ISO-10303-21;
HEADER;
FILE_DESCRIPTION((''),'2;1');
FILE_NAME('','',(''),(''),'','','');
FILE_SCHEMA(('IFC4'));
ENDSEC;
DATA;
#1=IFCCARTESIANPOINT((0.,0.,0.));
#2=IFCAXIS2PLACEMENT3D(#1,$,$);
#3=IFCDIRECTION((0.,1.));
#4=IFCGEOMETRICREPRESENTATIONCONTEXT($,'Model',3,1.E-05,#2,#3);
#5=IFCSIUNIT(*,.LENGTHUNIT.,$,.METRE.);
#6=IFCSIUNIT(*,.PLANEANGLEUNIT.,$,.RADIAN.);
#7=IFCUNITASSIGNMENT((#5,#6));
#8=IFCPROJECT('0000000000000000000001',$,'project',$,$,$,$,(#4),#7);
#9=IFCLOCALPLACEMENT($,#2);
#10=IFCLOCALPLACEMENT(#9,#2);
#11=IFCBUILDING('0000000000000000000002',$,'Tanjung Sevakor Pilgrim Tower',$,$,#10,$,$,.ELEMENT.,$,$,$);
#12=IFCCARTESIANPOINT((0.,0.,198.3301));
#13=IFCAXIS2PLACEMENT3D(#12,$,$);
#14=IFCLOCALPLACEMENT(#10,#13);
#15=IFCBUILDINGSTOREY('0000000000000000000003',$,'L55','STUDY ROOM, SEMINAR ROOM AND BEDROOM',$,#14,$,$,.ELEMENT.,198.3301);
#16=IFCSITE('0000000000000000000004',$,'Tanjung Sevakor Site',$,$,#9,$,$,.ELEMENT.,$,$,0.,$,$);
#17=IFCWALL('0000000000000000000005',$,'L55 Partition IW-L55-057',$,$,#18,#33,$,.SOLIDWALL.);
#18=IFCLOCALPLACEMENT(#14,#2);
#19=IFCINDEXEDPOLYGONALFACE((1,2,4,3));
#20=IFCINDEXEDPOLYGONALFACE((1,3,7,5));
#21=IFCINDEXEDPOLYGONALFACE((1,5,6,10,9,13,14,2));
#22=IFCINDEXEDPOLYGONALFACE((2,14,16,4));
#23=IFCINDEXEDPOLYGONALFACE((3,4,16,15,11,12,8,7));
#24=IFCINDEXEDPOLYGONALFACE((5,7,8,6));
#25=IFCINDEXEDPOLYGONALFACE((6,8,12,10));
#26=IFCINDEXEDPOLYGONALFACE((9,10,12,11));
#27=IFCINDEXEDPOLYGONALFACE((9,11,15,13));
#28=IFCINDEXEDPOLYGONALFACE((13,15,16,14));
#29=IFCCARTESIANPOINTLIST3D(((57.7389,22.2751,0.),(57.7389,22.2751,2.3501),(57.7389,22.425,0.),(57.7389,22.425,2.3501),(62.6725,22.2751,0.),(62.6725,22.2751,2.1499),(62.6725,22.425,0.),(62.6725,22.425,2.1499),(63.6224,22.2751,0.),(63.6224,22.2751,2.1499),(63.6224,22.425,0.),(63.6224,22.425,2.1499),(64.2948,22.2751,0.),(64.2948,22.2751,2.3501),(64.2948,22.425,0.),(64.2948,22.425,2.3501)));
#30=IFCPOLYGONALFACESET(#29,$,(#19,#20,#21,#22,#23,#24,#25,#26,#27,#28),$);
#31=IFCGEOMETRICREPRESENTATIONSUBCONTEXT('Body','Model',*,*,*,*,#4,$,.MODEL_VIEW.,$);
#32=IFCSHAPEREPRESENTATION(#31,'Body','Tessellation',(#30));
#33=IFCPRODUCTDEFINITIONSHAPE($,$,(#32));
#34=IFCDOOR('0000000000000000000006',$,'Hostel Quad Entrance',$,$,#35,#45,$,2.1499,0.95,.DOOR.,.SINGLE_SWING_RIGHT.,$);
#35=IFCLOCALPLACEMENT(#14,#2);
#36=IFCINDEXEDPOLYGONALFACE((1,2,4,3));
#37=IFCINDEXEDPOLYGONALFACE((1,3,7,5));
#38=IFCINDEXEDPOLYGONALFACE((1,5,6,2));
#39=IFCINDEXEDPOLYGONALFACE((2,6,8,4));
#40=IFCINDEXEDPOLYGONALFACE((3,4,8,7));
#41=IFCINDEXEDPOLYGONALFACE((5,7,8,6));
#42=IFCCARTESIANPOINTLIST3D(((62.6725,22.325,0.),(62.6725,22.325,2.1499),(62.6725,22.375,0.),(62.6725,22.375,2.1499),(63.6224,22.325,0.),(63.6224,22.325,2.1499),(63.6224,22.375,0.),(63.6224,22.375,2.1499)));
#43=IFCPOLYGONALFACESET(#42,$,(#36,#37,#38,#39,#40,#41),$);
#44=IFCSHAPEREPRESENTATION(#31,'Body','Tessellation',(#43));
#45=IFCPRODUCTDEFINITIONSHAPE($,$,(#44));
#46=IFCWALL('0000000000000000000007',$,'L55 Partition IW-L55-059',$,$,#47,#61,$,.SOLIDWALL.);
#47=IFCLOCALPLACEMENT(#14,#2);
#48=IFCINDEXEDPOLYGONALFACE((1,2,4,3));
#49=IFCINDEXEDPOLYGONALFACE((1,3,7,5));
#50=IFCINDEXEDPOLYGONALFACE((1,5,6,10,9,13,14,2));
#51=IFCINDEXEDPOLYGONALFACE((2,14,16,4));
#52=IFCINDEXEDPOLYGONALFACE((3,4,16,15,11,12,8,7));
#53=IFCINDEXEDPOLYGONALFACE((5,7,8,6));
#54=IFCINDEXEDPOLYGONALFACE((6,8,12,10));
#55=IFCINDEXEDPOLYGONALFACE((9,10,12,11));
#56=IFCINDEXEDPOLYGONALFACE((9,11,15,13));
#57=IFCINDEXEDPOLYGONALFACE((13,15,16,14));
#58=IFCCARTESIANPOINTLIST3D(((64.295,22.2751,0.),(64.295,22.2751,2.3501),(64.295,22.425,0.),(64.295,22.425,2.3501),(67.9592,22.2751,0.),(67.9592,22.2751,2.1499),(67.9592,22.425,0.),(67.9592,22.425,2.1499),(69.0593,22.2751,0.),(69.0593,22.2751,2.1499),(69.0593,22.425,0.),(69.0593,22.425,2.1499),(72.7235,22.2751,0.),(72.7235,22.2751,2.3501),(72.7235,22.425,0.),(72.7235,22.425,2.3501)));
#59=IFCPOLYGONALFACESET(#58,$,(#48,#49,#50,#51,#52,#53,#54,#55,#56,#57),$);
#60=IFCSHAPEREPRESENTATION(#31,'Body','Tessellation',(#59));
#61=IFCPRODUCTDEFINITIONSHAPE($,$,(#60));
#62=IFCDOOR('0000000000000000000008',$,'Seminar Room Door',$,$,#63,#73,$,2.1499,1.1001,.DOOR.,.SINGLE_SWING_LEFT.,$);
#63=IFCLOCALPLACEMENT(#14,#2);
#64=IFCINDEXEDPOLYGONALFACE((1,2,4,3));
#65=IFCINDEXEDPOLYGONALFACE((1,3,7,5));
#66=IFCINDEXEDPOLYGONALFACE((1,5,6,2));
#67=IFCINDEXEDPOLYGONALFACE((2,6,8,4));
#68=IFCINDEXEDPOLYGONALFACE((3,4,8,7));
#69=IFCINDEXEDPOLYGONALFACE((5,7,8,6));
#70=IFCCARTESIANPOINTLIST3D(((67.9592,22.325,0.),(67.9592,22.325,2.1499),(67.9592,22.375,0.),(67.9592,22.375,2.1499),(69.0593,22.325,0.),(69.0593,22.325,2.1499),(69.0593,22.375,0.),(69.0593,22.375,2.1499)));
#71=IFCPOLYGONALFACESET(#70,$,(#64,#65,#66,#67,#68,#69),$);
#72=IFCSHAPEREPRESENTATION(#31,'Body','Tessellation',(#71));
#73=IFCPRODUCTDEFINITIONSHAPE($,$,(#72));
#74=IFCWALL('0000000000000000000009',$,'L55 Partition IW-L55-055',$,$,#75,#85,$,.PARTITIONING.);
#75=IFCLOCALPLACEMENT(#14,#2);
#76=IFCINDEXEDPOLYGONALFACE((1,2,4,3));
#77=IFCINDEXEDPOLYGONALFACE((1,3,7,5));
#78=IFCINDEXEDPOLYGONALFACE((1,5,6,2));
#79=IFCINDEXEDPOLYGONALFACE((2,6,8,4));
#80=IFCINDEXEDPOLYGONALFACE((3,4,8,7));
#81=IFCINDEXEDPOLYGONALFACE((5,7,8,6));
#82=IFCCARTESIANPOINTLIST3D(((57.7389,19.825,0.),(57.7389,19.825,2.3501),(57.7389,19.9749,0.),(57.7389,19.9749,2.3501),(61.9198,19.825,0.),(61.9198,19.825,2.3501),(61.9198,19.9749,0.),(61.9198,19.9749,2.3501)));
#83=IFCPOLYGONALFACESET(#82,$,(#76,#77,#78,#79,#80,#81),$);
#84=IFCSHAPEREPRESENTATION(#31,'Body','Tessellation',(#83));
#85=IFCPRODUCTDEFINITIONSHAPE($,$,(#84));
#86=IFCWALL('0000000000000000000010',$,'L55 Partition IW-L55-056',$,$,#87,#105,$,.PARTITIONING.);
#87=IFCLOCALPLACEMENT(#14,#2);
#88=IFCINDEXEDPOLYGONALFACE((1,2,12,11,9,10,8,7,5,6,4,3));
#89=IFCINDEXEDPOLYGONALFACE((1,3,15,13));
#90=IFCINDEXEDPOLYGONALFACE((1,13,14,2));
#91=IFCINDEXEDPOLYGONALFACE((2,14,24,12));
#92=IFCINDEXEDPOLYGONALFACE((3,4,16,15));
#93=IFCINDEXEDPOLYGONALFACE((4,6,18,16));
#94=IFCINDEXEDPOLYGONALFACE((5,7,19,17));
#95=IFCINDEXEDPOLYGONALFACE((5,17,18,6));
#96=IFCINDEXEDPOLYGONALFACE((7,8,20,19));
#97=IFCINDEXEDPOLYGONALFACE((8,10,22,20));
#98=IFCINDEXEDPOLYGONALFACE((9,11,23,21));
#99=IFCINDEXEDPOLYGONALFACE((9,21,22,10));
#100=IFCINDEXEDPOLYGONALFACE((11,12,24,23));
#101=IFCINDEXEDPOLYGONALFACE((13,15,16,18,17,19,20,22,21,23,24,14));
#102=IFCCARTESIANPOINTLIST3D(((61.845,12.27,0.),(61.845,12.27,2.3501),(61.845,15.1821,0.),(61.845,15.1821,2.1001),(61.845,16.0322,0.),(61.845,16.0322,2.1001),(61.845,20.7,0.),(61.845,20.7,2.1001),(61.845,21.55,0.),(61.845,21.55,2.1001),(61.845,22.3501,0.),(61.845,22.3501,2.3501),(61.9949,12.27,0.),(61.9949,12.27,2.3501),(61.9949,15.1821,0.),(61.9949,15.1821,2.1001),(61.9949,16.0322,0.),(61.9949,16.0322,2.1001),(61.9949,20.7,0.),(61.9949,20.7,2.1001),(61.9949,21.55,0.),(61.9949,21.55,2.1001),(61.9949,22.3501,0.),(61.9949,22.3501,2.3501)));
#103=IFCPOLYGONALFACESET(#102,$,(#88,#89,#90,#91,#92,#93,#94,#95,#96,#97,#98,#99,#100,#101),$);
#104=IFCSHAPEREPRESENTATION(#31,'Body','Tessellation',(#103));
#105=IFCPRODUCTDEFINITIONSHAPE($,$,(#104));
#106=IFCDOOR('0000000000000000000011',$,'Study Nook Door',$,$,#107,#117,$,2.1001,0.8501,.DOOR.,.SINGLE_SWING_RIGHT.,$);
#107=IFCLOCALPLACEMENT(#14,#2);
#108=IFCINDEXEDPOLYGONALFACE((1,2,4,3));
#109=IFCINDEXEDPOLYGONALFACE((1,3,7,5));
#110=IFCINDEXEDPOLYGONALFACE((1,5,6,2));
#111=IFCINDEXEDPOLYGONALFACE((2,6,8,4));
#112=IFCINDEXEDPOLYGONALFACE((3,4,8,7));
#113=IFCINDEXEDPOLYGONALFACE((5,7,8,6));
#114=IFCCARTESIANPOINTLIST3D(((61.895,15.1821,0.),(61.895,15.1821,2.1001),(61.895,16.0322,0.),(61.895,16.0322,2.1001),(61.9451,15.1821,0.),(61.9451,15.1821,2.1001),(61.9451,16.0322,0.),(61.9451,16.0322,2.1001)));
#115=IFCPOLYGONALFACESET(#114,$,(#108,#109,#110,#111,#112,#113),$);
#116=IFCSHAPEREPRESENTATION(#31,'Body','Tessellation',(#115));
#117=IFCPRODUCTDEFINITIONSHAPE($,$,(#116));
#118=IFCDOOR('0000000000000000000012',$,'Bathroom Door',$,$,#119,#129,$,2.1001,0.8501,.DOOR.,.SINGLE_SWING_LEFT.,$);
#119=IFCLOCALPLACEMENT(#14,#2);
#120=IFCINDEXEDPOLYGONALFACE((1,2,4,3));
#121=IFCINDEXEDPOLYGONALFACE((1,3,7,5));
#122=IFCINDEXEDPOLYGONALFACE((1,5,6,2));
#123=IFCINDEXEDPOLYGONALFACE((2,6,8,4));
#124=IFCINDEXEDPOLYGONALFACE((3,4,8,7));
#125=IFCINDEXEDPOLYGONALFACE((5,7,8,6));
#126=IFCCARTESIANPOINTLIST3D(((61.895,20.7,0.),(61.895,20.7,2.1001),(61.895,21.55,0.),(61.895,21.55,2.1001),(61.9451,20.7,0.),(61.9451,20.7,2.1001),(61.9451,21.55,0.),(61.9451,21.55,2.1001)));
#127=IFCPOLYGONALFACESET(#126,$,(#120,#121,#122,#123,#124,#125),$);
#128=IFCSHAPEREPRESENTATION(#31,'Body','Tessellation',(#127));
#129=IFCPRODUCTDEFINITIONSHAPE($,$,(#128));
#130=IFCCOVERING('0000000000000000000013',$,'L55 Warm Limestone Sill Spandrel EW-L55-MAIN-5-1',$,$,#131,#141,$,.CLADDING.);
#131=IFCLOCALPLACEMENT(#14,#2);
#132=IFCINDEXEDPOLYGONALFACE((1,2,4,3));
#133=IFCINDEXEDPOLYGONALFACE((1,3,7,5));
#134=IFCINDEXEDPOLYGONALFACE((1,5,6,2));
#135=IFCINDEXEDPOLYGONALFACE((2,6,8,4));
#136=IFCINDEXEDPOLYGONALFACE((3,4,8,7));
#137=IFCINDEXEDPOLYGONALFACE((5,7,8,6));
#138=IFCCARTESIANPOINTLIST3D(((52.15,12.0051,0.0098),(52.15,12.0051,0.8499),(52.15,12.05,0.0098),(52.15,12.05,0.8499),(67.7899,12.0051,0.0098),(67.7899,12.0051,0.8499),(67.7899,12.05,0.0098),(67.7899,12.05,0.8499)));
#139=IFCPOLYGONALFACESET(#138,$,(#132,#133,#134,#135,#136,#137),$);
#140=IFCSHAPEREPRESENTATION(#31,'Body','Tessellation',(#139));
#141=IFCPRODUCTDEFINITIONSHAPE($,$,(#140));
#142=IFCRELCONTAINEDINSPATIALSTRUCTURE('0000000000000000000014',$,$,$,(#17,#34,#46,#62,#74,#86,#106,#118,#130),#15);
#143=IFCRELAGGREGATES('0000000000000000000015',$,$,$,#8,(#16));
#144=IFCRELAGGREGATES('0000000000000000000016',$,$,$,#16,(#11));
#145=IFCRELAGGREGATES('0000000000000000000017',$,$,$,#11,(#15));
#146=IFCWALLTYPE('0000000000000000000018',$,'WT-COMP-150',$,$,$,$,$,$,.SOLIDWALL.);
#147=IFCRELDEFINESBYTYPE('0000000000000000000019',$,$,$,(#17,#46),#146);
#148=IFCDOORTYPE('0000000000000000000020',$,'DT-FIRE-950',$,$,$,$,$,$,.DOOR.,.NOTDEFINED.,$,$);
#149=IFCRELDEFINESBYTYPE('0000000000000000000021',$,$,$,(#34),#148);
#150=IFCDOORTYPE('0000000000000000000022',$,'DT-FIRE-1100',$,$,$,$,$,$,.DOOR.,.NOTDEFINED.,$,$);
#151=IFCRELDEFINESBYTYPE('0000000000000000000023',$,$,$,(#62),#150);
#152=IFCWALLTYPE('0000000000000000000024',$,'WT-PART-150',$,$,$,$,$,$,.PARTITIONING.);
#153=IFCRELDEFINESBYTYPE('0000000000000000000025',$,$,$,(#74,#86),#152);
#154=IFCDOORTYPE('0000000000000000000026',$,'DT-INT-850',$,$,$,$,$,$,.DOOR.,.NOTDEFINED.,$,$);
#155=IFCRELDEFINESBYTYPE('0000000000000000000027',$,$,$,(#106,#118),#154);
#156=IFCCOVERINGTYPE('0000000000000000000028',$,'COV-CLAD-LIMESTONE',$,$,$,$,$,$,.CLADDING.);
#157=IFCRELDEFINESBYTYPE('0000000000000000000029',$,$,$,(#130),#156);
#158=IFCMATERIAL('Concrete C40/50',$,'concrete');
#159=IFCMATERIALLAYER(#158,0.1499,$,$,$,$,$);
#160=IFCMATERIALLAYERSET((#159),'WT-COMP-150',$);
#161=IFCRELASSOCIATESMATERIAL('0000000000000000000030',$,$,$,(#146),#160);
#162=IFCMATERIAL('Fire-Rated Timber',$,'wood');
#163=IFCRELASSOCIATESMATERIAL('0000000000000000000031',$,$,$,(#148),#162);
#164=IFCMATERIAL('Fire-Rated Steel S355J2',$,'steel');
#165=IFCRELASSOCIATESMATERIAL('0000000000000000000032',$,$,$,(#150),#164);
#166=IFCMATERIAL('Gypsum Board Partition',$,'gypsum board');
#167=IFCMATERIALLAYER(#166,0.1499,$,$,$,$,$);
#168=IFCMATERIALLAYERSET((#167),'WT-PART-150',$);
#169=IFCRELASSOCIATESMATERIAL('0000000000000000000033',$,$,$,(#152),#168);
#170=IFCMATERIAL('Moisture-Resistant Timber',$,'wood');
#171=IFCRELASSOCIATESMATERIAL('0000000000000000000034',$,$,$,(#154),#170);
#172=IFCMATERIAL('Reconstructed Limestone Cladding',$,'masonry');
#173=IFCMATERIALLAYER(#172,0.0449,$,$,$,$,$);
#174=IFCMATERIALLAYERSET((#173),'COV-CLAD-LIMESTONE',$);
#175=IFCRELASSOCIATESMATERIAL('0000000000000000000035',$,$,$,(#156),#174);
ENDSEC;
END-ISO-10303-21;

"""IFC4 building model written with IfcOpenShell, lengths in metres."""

from ifc_helpers import new_model, si_unit, direction, frame, frame_2d, origin, origin_2d, place, context, subcontext, project, spatial, rectangle, extrude, material, layer, layer_set, type_object, element, fill, save


model = new_model("IFC4")

# Units and contexts
model_context = context("Model", 3, precision=1e-05, world=origin(), true_north=direction((0.0, 1.0)))
body_context = subcontext(model_context, "Body", "Model", "MODEL_VIEW")
ifc_project = project(units=[si_unit("LENGTHUNIT", "METRE"), si_unit("PLANEANGLEUNIT", "RADIAN")], contexts=[model_context])

# Site, building, storey
site_placement = place(None, origin())
site = spatial("IfcSite", under=ifc_project, at=site_placement, Name="Tanjung Sevakor Site", CompositionType="ELEMENT", RefElevation=0.0)
building_placement = place(site_placement, origin())
building = spatial("IfcBuilding", under=site, at=building_placement, Name="Tanjung Sevakor Pilgrim Tower", CompositionType="ELEMENT")
storey_placement = place(building_placement, frame((0.0, 0.0, 198.3301)))
storey = spatial("IfcBuildingStorey", under=building, at=storey_placement, Name="L55", Description="STUDY ROOM, SEMINAR ROOM AND BEDROOM", CompositionType="ELEMENT", Elevation=198.3301)

# Shared definitions
ifc_material_1 = material(Name="Concrete C40/50", Category="concrete")
ifc_layer_1 = layer(ifc_material_1, 0.1499)
ifc_layer_set_1 = layer_set([ifc_layer_1], Name="WT-COMP-150")
wall_type_1 = type_object("IfcWallType", Name="WT-COMP-150", PredefinedType="SOLIDWALL", material=ifc_layer_set_1)

# Walls, openings, doors
wall_1_placement = place(storey_placement, frame((57.739, 22.3501, 0.0), z_axis=(0.0, 0.0, 1.0), x_axis=(1.0, 0.0, 0.0)))
wall_1 = element("IfcWall", 1, at=wall_1_placement, inside=storey, type_object=wall_type_1, Name="L55 Partition IW-L55-057", PredefinedType="SOLIDWALL", context=body_context, shape_type="SweptSolid", body=[
    extrude(rectangle(XDim=6.5559, YDim=0.1499, at=frame_2d((3.2778, 0.0))), origin(), (0.0, 0.0, 1.0), 2.3501),
])
opening_1_placement = place(wall_1_placement, frame((4.9333, 0.0, 0.0)))
opening_1 = element("IfcOpeningElement", 2, at=opening_1_placement, cuts=wall_1, PredefinedType="OPENING", context=body_context, shape_type="SweptSolid", body=[
    extrude(rectangle(XDim=0.95, YDim=2.1499, at=frame_2d((0.4751, 1.075))), frame((0.0, 0.085, 0.0), z_axis=(0.0, -1.0, 0.0), x_axis=(1.0, 0.0, 0.0)), (0.0, 0.0, 1.0), 0.1699),
])
ifc_material_2 = material(Name="Fire-Rated Timber", Category="wood")
door_type_1 = type_object("IfcDoorType", Name="DT-FIRE-950", OperationType="NOTDEFINED", PredefinedType="DOOR", material=ifc_material_2)
door_1_placement = place(opening_1_placement, origin())
door_1 = element("IfcDoor", 3, at=door_1_placement, inside=storey, type_object=door_type_1, Name="Hostel Quad Entrance", OperationType="SINGLE_SWING_RIGHT", OverallHeight=2.1499, OverallWidth=0.95, PredefinedType="DOOR", context=body_context, shape_type="SweptSolid", body=[
    extrude(rectangle(XDim=0.95, YDim=2.1499, at=frame_2d((0.4751, 1.075))), frame((0.0, 0.0249, 0.0), z_axis=(0.0, -1.0, 0.0), x_axis=(1.0, 0.0, 0.0)), (0.0, 0.0, 1.0), 0.05),
])
fill(opening_1, door_1)
wall_2_placement = place(storey_placement, frame((64.2949, 22.3501, 0.0), z_axis=(0.0, 0.0, 1.0), x_axis=(1.0, 0.0, 0.0)))
wall_2 = element("IfcWall", 4, at=wall_2_placement, inside=storey, type_object=wall_type_1, Name="L55 Partition IW-L55-059", PredefinedType="SOLIDWALL", context=body_context, shape_type="SweptSolid", body=[
    extrude(rectangle(XDim=8.4285, YDim=0.1499, at=frame_2d((4.2144, 0.0))), origin(), (0.0, 0.0, 1.0), 2.3501),
])
opening_2_placement = place(wall_2_placement, frame((3.6643, 0.0, 0.0)))
opening_2 = element("IfcOpeningElement", 5, at=opening_2_placement, cuts=wall_2, PredefinedType="OPENING", context=body_context, shape_type="SweptSolid", body=[
    extrude(rectangle(XDim=1.1001, YDim=2.1499, at=frame_2d((0.55, 1.075))), frame((0.0, 0.085, 0.0), z_axis=(0.0, -1.0, 0.0), x_axis=(1.0, 0.0, 0.0)), (0.0, 0.0, 1.0), 0.1699),
])
ifc_material_3 = material(Name="Fire-Rated Steel S355J2", Category="steel")
door_type_2 = type_object("IfcDoorType", Name="DT-FIRE-1100", OperationType="NOTDEFINED", PredefinedType="DOOR", material=ifc_material_3)
door_2_placement = place(opening_2_placement, origin())
door_2 = element("IfcDoor", 6, at=door_2_placement, inside=storey, type_object=door_type_2, Name="Seminar Room Door", OperationType="SINGLE_SWING_LEFT", OverallHeight=2.1499, OverallWidth=1.1001, PredefinedType="DOOR", context=body_context, shape_type="SweptSolid", body=[
    extrude(rectangle(XDim=1.1001, YDim=2.1499, at=frame_2d((0.55, 1.075))), frame((0.0, 0.0249, 0.0), z_axis=(0.0, -1.0, 0.0), x_axis=(1.0, 0.0, 0.0)), (0.0, 0.0, 1.0), 0.05),
])
fill(opening_2, door_2)

# Wall
ifc_material_4 = material(Name="Gypsum Board Partition", Category="gypsum board")
ifc_layer_2 = layer(ifc_material_4, 0.1499)
ifc_layer_set_2 = layer_set([ifc_layer_2], Name="WT-PART-150")
wall_type_2 = type_object("IfcWallType", Name="WT-PART-150", PredefinedType="PARTITIONING", material=ifc_layer_set_2)
wall_3_placement = place(storey_placement, frame((57.739, 19.8999, 0.0), z_axis=(0.0, 0.0, 1.0), x_axis=(1.0, 0.0, 0.0)))
element("IfcWall", 7, at=wall_3_placement, inside=storey, type_object=wall_type_2, Name="L55 Partition IW-L55-055", PredefinedType="PARTITIONING", context=body_context, shape_type="SweptSolid", body=[
    extrude(rectangle(XDim=4.1809, YDim=0.1499, at=frame_2d((2.0903, 0.0))), origin(), (0.0, 0.0, 1.0), 2.3501),
])

# Wall, openings, doors
wall_4_placement = place(storey_placement, frame((61.9199, 12.27, 0.0), z_axis=(0.0, 0.0, 1.0), x_axis=(0.0, 1.0, 0.0)))
wall_4 = element("IfcWall", 8, at=wall_4_placement, inside=storey, type_object=wall_type_2, Name="L55 Partition IW-L55-056", PredefinedType="PARTITIONING", context=body_context, shape_type="SweptSolid", body=[
    extrude(rectangle(XDim=10.0801, YDim=0.1499, at=frame_2d((5.04, 0.0))), origin(), (0.0, 0.0, 1.0), 2.3501),
])
opening_3_placement = place(wall_4_placement, frame((2.9121, 0.0, 0.0)))
opening_3 = element("IfcOpeningElement", 9, at=opening_3_placement, cuts=wall_4, PredefinedType="OPENING", context=body_context, shape_type="SweptSolid", body=[
    extrude(rectangle(XDim=0.8501, YDim=2.1001, at=frame_2d((0.425, 1.05))), frame((0.0, 0.085, 0.0), z_axis=(0.0, -1.0, 0.0), x_axis=(1.0, 0.0, 0.0)), (0.0, 0.0, 1.0), 0.1699),
])
opening_4_placement = place(wall_4_placement, frame((8.4299, 0.0, 0.0)))
opening_4 = element("IfcOpeningElement", 10, at=opening_4_placement, cuts=wall_4, PredefinedType="OPENING", context=body_context, shape_type="SweptSolid", body=[
    extrude(rectangle(XDim=0.8501, YDim=2.1001, at=frame_2d((0.425, 1.05))), frame((0.0, 0.085, 0.0), z_axis=(0.0, -1.0, 0.0), x_axis=(1.0, 0.0, 0.0)), (0.0, 0.0, 1.0), 0.1699),
])
ifc_material_5 = material(Name="Moisture-Resistant Timber", Category="wood")
door_type_3 = type_object("IfcDoorType", Name="DT-INT-850", OperationType="NOTDEFINED", PredefinedType="DOOR", material=ifc_material_5)
door_3_placement = place(opening_3_placement, origin())
door_3 = element("IfcDoor", 11, at=door_3_placement, inside=storey, type_object=door_type_3, Name="Study Nook Door", OperationType="SINGLE_SWING_RIGHT", OverallHeight=2.1001, OverallWidth=0.8501, PredefinedType="DOOR", context=body_context, shape_type="SweptSolid", body=[
    extrude(rectangle(XDim=0.8501, YDim=2.1001, at=frame_2d((0.425, 1.05))), frame((0.0, 0.0249, 0.0), z_axis=(0.0, -1.0, 0.0), x_axis=(1.0, 0.0, 0.0)), (0.0, 0.0, 1.0), 0.05),
])
fill(opening_3, door_3)
door_4_placement = place(opening_4_placement, origin())
door_4 = element("IfcDoor", 12, at=door_4_placement, inside=storey, type_object=door_type_3, Name="Bathroom Door", OperationType="SINGLE_SWING_LEFT", OverallHeight=2.1001, OverallWidth=0.8501, PredefinedType="DOOR", context=body_context, shape_type="SweptSolid", body=[
    extrude(rectangle(XDim=0.8501, YDim=2.1001, at=frame_2d((0.425, 1.05))), frame((0.0, 0.0249, 0.0), z_axis=(0.0, -1.0, 0.0), x_axis=(1.0, 0.0, 0.0)), (0.0, 0.0, 1.0), 0.05),
])
fill(opening_4, door_4)

# Covering
ifc_material_6 = material(Name="Reconstructed Limestone Cladding", Category="masonry")
ifc_layer_3 = layer(ifc_material_6, 0.0449)
ifc_layer_set_3 = layer_set([ifc_layer_3], Name="COV-CLAD-LIMESTONE")
covering_type = type_object("IfcCoveringType", Name="COV-CLAD-LIMESTONE", PredefinedType="CLADDING", material=ifc_layer_set_3)
covering_placement = place(storey_placement, frame((59.97, 12.0276, 0.0098), z_axis=(0.0, 0.0, 1.0), x_axis=(1.0, 0.0, 0.0)))
element("IfcCovering", 13, at=covering_placement, inside=storey, type_object=covering_type, Name="L55 Warm Limestone Sill Spandrel EW-L55-MAIN-5-1", PredefinedType="CLADDING", context=body_context, shape_type="SweptSolid", body=[
    extrude(rectangle(XDim=15.6399, YDim=0.0449, at=origin_2d()), origin(), (0.0, 0.0, 1.0), 0.8401),
])

save(model, "model.ifc")
